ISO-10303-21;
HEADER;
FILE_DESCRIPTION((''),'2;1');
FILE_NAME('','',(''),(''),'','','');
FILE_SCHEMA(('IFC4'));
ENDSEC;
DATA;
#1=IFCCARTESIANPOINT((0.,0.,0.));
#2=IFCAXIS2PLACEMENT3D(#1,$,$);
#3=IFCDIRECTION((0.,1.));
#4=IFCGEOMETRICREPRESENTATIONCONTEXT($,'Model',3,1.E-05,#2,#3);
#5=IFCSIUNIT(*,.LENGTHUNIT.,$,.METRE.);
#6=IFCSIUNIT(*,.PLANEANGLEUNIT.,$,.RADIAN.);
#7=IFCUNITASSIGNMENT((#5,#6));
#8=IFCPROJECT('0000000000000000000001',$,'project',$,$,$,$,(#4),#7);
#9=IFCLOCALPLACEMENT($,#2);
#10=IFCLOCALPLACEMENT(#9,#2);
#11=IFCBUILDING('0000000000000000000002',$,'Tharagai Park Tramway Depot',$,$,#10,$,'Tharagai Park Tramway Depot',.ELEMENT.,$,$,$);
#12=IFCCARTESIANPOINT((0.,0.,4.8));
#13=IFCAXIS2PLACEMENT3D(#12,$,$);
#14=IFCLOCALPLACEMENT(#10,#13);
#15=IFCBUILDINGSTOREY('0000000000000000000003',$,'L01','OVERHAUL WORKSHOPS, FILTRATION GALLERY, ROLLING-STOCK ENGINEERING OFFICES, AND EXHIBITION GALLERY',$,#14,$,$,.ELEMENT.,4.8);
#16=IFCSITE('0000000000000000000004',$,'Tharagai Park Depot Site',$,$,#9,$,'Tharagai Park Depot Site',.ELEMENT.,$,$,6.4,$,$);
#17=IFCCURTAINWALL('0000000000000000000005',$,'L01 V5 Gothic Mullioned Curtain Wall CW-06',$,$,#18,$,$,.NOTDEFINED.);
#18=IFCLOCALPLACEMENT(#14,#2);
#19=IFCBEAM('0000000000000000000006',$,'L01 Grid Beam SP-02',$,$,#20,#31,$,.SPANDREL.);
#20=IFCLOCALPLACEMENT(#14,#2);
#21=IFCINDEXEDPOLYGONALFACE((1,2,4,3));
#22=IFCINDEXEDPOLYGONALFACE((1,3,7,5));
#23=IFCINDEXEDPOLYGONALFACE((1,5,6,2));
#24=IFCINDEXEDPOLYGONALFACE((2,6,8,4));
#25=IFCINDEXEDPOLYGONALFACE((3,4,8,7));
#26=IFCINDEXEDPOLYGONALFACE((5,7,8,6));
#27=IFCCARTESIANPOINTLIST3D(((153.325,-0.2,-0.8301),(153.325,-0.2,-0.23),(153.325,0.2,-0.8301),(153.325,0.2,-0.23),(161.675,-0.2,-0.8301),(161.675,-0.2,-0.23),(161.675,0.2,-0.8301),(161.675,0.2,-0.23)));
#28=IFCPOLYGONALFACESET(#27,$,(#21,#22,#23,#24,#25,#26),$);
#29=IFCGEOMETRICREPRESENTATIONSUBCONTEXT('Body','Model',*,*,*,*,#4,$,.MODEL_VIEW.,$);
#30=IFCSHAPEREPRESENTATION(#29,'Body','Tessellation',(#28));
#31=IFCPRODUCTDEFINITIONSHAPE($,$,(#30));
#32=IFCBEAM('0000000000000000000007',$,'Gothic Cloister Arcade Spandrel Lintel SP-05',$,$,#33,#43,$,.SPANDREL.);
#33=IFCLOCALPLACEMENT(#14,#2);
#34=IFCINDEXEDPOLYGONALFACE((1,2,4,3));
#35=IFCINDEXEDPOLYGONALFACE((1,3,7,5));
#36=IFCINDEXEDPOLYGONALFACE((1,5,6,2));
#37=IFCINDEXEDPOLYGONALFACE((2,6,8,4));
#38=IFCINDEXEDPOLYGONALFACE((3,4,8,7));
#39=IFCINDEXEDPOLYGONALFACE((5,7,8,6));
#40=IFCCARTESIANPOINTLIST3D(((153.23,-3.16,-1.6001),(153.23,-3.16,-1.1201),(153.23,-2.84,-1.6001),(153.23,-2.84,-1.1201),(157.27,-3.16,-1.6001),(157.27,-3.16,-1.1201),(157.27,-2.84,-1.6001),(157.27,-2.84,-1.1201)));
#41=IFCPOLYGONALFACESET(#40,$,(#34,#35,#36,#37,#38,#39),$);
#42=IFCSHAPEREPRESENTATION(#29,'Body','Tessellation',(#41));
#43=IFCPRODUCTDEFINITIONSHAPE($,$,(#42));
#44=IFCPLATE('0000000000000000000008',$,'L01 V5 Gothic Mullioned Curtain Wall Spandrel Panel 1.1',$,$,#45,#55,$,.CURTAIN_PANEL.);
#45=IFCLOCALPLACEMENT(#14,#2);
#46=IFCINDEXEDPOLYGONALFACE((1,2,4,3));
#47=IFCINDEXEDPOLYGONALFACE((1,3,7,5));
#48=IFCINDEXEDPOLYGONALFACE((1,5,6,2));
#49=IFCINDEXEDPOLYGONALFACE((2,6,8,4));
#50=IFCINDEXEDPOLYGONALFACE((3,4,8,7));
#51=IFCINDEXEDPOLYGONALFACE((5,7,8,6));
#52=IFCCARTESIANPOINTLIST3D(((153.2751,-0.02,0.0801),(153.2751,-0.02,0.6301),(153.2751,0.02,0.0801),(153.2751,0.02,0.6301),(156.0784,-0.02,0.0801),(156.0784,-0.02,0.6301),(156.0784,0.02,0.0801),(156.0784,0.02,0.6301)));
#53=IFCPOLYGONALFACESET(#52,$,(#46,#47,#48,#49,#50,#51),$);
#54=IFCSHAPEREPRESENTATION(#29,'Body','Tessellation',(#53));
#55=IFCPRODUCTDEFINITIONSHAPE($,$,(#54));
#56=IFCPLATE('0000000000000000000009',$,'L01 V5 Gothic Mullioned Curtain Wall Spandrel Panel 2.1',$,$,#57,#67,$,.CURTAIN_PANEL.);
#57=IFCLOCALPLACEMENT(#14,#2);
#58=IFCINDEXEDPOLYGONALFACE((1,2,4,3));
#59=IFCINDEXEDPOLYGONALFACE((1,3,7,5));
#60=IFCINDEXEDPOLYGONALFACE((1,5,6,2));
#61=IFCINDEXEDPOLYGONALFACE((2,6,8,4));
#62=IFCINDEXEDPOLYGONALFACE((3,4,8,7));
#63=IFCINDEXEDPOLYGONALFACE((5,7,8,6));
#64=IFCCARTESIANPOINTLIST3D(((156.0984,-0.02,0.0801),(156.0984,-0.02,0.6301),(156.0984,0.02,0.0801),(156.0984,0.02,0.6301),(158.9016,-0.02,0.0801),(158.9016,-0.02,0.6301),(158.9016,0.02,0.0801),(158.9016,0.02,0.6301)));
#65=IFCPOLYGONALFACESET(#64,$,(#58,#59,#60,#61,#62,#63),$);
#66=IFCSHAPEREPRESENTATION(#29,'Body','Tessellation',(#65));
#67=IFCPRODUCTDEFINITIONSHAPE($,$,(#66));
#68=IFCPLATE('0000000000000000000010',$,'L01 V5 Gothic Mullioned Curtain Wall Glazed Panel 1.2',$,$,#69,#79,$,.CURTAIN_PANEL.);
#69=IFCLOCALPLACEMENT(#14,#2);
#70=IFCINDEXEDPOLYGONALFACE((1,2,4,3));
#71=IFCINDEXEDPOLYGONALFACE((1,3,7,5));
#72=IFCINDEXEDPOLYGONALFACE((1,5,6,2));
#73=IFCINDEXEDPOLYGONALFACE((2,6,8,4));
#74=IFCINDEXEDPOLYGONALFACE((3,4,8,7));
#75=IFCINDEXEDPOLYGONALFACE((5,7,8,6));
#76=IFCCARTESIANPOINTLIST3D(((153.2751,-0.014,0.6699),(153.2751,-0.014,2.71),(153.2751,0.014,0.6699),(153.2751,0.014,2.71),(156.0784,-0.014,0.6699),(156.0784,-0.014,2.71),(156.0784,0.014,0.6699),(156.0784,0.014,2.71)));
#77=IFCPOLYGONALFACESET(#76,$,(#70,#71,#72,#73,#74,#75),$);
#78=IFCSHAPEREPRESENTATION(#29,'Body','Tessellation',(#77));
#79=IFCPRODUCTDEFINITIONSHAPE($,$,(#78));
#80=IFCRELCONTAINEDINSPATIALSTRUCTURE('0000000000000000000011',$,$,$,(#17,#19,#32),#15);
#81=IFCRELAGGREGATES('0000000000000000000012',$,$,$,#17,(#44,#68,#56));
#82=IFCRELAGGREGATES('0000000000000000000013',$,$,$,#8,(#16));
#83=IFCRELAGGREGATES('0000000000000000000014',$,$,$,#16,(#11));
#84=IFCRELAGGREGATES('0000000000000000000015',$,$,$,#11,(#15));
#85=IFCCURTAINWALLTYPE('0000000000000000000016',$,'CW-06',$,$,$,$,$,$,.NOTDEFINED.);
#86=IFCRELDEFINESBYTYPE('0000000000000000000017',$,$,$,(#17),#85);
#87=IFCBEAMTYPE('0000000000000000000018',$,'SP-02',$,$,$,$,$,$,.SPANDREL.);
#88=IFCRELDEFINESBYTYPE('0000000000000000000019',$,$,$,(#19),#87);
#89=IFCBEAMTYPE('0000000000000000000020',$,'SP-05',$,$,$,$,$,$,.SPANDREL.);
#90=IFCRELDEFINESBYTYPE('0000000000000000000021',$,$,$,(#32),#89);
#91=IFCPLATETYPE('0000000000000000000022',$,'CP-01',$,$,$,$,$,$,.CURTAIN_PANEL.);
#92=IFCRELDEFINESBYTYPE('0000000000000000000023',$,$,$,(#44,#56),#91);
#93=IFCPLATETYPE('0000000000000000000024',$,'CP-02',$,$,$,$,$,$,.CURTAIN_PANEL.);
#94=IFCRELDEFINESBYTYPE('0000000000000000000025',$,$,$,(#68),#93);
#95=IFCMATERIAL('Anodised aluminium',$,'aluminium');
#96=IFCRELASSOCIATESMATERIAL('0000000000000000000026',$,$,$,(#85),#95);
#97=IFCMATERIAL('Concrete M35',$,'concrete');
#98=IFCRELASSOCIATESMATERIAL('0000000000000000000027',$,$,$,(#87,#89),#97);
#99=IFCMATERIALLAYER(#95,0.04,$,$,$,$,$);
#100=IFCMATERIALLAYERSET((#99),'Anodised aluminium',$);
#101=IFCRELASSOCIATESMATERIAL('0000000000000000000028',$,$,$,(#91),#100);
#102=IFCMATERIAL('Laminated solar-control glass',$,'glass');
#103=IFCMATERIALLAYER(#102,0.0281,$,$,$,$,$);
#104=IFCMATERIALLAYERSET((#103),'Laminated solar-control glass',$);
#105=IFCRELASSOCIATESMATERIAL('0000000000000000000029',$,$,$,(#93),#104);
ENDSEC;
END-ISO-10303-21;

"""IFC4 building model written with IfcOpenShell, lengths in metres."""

from ifc_helpers import new_model, si_unit, direction, frame, origin, origin_2d, place, context, subcontext, project, spatial, rectangle, extrude, material, layer, layer_set, material_profile, profile_set, type_object, element, aggregate, save


model = new_model("IFC4")

# Units and contexts
model_context = context("Model", 3, precision=1e-05, world=origin(), true_north=direction((0.0, 1.0)))
body_context = subcontext(model_context, "Body", "Model", "MODEL_VIEW")
ifc_project = project(units=[si_unit("LENGTHUNIT", "METRE"), si_unit("PLANEANGLEUNIT", "RADIAN")], contexts=[model_context])

# Site, building, storey
site_placement = place(None, origin())
site = spatial("IfcSite", under=ifc_project, at=site_placement, Name="Tharagai Park Depot Site", LongName="Tharagai Park Depot Site", CompositionType="ELEMENT", RefElevation=6.4)
building_placement = place(site_placement, origin())
building = spatial("IfcBuilding", under=site, at=building_placement, Name="Tharagai Park Tramway Depot", LongName="Tharagai Park Tramway Depot", CompositionType="ELEMENT")
storey_placement = place(building_placement, frame((0.0, 0.0, 4.8)))
storey = spatial("IfcBuildingStorey", under=building, at=storey_placement, Name="L01", Description="OVERHAUL WORKSHOPS, FILTRATION GALLERY, ROLLING-STOCK ENGINEERING OFFICES, AND EXHIBITION GALLERY", CompositionType="ELEMENT", Elevation=4.8)

# Shared definitions
ifc_material_1 = material(Name="Concrete M35", Category="concrete")

# Curtain wall
ifc_material_2 = material(Name="Anodised aluminium", Category="aluminium")
curtain_wall_type = type_object("IfcCurtainWallType", Name="CW-06", PredefinedType="NOTDEFINED", material=ifc_material_2)
curtain_wall_placement = place(storey_placement, origin())
curtain_wall = element("IfcCurtainWall", 1, at=curtain_wall_placement, inside=storey, type_object=curtain_wall_type, Name="L01 V5 Gothic Mullioned Curtain Wall CW-06", PredefinedType="NOTDEFINED")

# Beams
ifc_material_profile_1 = material_profile(ifc_material_1, rectangle(XDim=0.3999, YDim=0.6001, at=origin_2d()), Name="RC 400x600")
ifc_profile_set_1 = profile_set([ifc_material_profile_1], Name="Concrete M35")
beam_type_1 = type_object("IfcBeamType", Name="SP-02", PredefinedType="SPANDREL", material=ifc_profile_set_1)
beam_1_placement = place(storey_placement, frame((153.325, 0.0, -0.53), z_axis=(1.0, 0.0, 0.0), x_axis=(0.0, 1.0, 0.0)))
element("IfcBeam", 2, at=beam_1_placement, inside=storey, type_object=beam_type_1, Name="L01 Grid Beam SP-02", PredefinedType="SPANDREL", context=body_context, shape_type="SweptSolid", body=[
    extrude(rectangle(XDim=0.3999, YDim=0.6001, at=origin_2d()), origin(), (0.0, 0.0, 1.0), 8.3501),
])
ifc_material_profile_2 = material_profile(ifc_material_1, rectangle(XDim=0.3201, YDim=0.48, at=origin_2d()), Name="RC 320x480")
ifc_profile_set_2 = profile_set([ifc_material_profile_2], Name="Concrete M35")
beam_type_2 = type_object("IfcBeamType", Name="SP-05", PredefinedType="SPANDREL", material=ifc_profile_set_2)
beam_2_placement = place(storey_placement, frame((153.23, -3.0, -1.3601), z_axis=(1.0, 0.0, 0.0), x_axis=(0.0, 1.0, 0.0)))
element("IfcBeam", 3, at=beam_2_placement, inside=storey, type_object=beam_type_2, Name="Gothic Cloister Arcade Spandrel Lintel SP-05", PredefinedType="SPANDREL", context=body_context, shape_type="SweptSolid", body=[
    extrude(rectangle(XDim=0.3201, YDim=0.48, at=origin_2d()), origin(), (0.0, 0.0, 1.0), 4.04),
])

# Plates
ifc_layer_1 = layer(ifc_material_2, 0.04)
ifc_layer_set_1 = layer_set([ifc_layer_1], Name="Anodised aluminium")
plate_type_1 = type_object("IfcPlateType", Name="CP-01", PredefinedType="CURTAIN_PANEL", material=ifc_layer_set_1)
plate_1_placement = place(storey_placement, frame((154.6768, 0.0, 0.0801), z_axis=(0.0, 0.0, 1.0), x_axis=(1.0, 0.0, 0.0)))
plate_1 = element("IfcPlate", 4, at=plate_1_placement, type_object=plate_type_1, Name="L01 V5 Gothic Mullioned Curtain Wall Spandrel Panel 1.1", PredefinedType="CURTAIN_PANEL", context=body_context, shape_type="SweptSolid", body=[
    extrude(rectangle(XDim=2.8032, YDim=0.04, at=origin_2d()), origin(), (0.0, 0.0, 1.0), 0.55),
])
plate_2_placement = place(storey_placement, frame((157.5, 0.0, 0.0801), z_axis=(0.0, 0.0, 1.0), x_axis=(1.0, 0.0, 0.0)))
plate_2 = element("IfcPlate", 5, at=plate_2_placement, type_object=plate_type_1, Name="L01 V5 Gothic Mullioned Curtain Wall Spandrel Panel 2.1", PredefinedType="CURTAIN_PANEL", context=body_context, shape_type="SweptSolid", body=[
    extrude(rectangle(XDim=2.8032, YDim=0.04, at=origin_2d()), origin(), (0.0, 0.0, 1.0), 0.55),
])
ifc_material_3 = material(Name="Laminated solar-control glass", Category="glass")
ifc_layer_2 = layer(ifc_material_3, 0.0281)
ifc_layer_set_2 = layer_set([ifc_layer_2], Name="Laminated solar-control glass")
plate_type_2 = type_object("IfcPlateType", Name="CP-02", PredefinedType="CURTAIN_PANEL", material=ifc_layer_set_2)
plate_3_placement = place(storey_placement, frame((154.6768, 0.0, 0.6699), z_axis=(0.0, 0.0, 1.0), x_axis=(1.0, 0.0, 0.0)))
plate_3 = element("IfcPlate", 6, at=plate_3_placement, type_object=plate_type_2, Name="L01 V5 Gothic Mullioned Curtain Wall Glazed Panel 1.2", PredefinedType="CURTAIN_PANEL", context=body_context, shape_type="SweptSolid", body=[
    extrude(rectangle(XDim=2.8032, YDim=0.0281, at=origin_2d()), origin(), (0.0, 0.0, 1.0), 2.04),
])
aggregate(curtain_wall, [plate_1, plate_3, plate_2])

save(model, "model.ifc")
